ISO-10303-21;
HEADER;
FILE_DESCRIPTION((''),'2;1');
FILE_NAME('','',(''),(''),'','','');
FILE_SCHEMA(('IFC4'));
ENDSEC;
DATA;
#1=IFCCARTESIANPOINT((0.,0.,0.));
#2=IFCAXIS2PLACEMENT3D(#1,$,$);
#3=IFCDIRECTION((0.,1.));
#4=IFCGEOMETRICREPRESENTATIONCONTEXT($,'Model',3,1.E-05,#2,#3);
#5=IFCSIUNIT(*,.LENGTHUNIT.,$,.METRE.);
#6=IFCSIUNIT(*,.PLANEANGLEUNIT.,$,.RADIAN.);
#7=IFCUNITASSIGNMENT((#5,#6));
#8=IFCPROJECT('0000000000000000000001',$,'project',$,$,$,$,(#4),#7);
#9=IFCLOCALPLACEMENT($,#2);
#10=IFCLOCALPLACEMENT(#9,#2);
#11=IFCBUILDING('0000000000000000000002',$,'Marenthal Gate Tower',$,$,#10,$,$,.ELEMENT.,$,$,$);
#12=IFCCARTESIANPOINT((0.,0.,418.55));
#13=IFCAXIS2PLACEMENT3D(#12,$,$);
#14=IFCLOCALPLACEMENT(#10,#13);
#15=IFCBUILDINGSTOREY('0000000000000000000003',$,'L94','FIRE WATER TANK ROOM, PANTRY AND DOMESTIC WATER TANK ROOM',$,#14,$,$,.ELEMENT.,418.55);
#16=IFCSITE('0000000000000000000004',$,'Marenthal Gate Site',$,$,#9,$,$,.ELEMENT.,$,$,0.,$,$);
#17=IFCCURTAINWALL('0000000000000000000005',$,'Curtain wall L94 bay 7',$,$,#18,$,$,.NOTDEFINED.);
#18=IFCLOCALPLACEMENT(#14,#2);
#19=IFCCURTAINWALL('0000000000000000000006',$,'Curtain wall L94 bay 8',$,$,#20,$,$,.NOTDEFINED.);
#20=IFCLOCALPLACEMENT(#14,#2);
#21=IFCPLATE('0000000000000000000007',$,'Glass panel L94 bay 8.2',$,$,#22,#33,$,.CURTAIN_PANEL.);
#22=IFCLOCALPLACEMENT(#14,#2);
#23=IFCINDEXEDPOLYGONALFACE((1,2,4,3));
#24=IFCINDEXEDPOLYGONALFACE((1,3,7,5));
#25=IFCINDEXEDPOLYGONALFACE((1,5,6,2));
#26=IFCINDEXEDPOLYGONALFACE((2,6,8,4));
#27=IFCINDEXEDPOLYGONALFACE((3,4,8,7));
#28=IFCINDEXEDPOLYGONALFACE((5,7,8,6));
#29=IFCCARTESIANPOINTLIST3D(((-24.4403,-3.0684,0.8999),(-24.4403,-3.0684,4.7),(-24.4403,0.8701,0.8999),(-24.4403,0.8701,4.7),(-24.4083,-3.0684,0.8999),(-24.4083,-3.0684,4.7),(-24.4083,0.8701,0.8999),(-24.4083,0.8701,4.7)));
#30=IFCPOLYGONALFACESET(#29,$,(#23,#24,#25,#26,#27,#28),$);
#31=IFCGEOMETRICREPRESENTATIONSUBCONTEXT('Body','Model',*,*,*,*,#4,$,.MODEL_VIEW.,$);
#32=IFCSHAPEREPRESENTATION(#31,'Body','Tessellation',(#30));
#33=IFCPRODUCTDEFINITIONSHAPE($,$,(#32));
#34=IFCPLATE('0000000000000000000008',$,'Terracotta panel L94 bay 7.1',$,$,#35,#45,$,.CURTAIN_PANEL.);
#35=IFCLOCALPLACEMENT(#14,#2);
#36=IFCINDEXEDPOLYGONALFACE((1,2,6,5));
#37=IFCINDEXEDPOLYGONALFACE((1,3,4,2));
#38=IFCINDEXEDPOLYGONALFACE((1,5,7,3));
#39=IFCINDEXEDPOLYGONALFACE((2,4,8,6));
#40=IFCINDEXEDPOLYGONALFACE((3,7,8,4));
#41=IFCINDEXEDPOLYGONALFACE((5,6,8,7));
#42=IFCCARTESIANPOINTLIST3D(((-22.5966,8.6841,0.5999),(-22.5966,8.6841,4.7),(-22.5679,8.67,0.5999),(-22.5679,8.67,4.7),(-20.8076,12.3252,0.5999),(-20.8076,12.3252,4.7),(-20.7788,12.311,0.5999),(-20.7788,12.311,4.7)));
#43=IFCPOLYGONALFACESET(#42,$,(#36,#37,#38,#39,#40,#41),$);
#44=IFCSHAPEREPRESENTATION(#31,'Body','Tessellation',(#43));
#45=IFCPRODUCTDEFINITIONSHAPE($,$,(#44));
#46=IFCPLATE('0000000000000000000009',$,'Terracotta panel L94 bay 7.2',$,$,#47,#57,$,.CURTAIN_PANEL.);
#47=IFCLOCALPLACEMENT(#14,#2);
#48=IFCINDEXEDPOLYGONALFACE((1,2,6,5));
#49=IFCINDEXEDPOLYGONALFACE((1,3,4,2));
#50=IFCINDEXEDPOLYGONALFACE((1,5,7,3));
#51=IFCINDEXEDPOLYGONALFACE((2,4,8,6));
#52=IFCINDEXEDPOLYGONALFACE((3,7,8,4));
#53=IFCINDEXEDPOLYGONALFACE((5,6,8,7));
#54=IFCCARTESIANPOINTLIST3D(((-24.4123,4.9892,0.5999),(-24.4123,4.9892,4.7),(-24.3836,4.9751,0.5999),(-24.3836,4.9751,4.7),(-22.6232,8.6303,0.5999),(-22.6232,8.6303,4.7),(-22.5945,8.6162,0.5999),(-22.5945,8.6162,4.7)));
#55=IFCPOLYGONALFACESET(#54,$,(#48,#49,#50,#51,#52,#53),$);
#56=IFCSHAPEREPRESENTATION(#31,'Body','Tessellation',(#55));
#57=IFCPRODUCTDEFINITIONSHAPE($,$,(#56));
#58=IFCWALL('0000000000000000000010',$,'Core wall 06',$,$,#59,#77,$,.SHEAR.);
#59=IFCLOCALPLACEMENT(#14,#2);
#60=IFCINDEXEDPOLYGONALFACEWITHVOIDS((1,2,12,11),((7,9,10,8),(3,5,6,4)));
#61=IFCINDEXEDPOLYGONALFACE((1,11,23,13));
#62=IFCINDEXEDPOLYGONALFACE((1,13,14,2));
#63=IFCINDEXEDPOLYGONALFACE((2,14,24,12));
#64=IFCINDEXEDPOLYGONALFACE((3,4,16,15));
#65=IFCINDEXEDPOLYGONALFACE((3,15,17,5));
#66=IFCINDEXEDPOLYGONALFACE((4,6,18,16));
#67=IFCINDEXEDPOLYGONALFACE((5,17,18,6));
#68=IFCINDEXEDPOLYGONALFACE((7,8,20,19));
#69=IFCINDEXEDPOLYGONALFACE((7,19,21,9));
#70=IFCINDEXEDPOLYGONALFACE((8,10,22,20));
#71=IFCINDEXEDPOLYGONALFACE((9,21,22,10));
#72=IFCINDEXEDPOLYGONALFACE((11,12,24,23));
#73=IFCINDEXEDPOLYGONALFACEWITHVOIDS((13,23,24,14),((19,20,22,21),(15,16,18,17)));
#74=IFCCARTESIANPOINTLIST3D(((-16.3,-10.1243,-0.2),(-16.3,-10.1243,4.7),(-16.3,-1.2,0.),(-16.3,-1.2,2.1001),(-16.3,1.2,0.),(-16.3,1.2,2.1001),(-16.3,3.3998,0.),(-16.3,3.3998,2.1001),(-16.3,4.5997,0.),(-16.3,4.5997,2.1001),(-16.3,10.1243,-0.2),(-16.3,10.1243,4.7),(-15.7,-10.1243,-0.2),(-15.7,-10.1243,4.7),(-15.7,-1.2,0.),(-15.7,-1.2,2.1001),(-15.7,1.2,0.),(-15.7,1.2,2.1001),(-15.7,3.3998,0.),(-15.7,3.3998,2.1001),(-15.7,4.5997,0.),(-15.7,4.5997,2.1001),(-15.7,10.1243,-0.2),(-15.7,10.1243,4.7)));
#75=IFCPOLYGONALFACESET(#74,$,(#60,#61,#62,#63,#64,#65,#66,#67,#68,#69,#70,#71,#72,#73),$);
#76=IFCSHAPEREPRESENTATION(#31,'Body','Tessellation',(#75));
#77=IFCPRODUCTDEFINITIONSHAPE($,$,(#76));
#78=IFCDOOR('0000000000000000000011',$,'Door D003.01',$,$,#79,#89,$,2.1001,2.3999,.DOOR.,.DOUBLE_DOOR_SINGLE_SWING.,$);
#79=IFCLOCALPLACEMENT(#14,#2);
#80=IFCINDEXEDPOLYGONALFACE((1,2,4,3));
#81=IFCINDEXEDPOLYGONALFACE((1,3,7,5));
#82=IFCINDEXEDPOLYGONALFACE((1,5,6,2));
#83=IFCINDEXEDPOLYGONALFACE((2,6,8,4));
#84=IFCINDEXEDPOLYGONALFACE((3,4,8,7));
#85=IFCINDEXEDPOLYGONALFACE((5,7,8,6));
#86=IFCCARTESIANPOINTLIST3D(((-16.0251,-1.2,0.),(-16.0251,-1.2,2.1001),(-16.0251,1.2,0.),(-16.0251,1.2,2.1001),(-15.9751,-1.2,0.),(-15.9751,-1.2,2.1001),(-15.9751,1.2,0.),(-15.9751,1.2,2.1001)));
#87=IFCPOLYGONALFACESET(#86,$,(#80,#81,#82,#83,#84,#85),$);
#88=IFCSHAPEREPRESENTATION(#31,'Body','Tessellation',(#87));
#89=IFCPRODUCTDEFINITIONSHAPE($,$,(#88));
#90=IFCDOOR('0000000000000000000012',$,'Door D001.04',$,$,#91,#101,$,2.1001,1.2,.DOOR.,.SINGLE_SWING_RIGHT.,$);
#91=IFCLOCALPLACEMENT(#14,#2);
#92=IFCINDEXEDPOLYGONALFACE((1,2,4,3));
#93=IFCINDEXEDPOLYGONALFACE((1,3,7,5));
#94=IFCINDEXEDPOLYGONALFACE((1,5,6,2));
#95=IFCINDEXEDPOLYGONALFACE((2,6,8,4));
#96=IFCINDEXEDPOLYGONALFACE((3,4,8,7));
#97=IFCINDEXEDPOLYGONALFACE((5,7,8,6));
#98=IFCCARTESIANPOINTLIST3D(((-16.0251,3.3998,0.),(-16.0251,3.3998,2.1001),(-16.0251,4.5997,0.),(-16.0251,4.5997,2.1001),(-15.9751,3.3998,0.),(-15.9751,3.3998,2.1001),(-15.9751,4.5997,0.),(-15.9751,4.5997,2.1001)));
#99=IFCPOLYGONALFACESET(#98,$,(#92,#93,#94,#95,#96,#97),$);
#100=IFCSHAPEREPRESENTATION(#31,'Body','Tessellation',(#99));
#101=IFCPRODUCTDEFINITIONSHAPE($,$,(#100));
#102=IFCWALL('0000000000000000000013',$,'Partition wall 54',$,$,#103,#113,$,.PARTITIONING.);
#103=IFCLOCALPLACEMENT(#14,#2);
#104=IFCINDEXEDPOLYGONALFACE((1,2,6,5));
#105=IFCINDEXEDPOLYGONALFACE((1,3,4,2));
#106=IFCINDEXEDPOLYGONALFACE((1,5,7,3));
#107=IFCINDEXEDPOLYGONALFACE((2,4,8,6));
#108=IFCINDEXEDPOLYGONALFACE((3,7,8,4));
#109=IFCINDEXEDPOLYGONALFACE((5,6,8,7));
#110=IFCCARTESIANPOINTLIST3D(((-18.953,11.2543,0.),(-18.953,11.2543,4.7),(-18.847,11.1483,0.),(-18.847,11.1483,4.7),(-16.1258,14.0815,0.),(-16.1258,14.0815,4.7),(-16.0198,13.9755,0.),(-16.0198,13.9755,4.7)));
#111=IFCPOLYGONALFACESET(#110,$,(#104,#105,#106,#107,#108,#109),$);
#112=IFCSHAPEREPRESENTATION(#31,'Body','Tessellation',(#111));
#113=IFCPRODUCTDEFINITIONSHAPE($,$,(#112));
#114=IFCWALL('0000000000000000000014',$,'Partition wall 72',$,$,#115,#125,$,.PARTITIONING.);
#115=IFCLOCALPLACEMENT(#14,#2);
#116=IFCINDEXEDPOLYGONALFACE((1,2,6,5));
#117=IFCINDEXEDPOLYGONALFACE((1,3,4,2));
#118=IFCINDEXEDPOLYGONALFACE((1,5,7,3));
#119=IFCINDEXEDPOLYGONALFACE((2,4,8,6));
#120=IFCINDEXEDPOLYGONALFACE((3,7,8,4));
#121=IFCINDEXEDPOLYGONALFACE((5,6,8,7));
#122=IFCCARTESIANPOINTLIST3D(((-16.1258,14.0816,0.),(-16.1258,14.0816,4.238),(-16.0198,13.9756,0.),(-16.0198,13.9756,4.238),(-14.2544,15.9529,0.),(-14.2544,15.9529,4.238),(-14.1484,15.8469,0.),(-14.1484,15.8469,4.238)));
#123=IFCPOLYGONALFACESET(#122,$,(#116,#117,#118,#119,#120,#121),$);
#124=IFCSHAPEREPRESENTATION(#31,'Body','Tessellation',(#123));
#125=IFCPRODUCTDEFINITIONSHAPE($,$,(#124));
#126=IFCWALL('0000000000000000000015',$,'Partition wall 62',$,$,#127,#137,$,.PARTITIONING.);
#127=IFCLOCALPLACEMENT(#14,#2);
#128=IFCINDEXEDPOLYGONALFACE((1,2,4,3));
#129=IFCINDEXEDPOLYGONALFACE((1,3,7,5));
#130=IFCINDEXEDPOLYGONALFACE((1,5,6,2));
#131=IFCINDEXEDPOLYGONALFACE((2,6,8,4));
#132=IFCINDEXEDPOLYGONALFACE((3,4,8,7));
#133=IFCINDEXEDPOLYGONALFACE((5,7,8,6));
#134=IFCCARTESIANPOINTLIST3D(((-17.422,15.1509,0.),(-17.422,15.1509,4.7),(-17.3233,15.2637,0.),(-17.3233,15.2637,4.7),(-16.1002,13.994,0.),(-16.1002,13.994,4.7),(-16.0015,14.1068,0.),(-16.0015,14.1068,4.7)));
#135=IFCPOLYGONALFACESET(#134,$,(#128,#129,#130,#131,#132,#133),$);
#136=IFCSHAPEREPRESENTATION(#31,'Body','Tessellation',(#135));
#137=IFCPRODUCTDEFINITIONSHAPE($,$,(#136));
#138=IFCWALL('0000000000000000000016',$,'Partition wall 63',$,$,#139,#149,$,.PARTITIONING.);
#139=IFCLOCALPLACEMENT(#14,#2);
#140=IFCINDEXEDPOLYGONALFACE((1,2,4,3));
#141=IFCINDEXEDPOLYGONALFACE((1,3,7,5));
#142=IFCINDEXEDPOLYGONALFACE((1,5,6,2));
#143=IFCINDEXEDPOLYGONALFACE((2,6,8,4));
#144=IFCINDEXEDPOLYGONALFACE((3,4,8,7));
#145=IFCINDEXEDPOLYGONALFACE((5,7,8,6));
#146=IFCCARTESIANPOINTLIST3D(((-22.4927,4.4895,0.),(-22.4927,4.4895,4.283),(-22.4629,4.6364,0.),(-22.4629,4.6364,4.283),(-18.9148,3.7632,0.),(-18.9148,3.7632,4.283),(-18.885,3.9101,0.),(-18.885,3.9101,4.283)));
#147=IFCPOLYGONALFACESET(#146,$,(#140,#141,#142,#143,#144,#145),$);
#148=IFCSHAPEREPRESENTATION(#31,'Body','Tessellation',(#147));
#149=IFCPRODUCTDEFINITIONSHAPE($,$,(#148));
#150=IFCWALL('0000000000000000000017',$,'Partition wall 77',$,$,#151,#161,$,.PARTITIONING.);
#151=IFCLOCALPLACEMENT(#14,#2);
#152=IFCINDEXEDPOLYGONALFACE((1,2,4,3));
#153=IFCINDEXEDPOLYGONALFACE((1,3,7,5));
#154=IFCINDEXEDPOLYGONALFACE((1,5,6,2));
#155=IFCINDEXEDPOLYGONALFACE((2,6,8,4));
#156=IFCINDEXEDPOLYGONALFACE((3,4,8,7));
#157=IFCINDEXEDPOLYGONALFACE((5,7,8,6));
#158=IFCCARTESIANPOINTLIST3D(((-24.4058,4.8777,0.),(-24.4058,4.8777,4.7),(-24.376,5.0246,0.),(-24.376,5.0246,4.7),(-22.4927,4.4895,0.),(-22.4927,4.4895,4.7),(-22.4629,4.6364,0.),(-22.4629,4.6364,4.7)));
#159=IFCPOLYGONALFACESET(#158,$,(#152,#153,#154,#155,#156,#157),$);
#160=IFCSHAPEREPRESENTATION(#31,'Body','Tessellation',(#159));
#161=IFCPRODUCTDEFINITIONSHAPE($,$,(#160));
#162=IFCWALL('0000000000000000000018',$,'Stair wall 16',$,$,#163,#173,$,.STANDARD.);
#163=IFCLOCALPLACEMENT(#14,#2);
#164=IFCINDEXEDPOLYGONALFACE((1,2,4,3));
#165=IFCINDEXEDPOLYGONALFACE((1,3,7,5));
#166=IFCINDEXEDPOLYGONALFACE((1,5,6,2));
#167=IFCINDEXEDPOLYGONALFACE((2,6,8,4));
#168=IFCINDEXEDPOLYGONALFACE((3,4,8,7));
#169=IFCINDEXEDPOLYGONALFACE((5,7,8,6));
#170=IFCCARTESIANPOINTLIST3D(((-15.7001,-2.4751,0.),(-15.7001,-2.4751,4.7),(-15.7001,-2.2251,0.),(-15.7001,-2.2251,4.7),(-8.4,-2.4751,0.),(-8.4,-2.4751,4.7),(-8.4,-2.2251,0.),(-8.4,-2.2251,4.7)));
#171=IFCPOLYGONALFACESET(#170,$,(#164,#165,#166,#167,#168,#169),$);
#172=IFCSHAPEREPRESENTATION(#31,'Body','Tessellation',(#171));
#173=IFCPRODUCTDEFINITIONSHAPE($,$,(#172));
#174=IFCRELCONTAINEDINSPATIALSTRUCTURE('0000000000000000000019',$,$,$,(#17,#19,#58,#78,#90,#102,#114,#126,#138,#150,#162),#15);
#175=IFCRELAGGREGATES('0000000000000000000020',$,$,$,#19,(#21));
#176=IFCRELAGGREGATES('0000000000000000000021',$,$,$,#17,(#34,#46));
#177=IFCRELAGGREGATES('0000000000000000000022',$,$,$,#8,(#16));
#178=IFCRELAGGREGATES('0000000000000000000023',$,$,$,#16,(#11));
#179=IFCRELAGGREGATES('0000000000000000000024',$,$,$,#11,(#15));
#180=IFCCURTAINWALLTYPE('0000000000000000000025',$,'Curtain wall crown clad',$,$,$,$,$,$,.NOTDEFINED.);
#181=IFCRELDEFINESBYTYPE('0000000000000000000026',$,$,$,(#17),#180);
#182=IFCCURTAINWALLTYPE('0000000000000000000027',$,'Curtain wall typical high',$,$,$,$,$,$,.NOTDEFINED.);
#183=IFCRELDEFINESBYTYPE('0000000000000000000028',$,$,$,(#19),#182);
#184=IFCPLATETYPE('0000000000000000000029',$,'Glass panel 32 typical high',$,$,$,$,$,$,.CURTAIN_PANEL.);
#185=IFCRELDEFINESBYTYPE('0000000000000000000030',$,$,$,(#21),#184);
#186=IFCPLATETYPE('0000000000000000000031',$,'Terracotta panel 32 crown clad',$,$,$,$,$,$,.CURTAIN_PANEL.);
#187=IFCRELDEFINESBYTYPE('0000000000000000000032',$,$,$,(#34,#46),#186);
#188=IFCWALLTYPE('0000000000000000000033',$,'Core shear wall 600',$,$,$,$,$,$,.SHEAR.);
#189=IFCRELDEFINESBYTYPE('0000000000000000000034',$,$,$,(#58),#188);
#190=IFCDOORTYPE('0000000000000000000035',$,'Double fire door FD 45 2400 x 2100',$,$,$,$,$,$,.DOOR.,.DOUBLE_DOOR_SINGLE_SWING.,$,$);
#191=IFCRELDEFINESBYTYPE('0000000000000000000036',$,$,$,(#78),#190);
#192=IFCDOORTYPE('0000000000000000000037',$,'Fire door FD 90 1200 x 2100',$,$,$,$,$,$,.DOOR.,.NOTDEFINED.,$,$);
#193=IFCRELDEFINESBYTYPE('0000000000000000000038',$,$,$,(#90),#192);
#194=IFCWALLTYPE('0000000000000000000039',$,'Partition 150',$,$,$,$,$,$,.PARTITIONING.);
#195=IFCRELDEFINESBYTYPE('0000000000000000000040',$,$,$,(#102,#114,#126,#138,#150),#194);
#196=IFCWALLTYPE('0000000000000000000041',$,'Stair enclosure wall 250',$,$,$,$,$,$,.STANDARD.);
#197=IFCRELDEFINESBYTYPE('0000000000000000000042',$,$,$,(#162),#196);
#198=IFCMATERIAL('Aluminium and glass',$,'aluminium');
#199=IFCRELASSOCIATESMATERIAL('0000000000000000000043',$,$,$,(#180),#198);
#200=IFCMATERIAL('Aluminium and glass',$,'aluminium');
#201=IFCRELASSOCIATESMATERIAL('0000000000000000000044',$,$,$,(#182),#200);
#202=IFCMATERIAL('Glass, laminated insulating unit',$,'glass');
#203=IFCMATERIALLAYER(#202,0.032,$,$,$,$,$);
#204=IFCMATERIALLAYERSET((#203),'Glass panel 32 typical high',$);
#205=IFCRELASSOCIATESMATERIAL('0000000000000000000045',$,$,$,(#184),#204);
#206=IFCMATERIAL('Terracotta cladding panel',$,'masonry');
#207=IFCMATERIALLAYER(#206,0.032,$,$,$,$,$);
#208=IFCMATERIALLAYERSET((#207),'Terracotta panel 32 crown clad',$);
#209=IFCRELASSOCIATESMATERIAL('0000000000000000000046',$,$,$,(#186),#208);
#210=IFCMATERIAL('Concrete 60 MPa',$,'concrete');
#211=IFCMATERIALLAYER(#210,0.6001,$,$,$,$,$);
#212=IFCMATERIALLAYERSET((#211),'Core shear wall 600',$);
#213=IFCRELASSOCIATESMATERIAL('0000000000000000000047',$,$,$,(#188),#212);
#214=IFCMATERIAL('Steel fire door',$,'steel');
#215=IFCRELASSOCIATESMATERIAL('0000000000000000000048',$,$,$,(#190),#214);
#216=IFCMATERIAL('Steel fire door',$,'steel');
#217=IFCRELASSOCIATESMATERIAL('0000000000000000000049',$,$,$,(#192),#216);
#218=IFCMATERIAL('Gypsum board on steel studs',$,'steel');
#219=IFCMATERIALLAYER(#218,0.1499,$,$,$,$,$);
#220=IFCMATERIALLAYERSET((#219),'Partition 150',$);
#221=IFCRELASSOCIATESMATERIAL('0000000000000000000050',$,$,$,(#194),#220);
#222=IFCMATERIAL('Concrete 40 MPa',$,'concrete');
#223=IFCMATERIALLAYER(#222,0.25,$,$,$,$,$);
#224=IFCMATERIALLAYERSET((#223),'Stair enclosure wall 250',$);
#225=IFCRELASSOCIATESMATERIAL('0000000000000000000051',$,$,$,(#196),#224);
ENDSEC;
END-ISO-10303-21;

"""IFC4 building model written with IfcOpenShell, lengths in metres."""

from ifc_helpers import new_model, si_unit, direction, frame, frame_2d, origin, origin_2d, place, context, subcontext, project, spatial, rectangle, extrude, material, layer, layer_set, type_object, element, fill, aggregate, save


model = new_model("IFC4")

# Units and contexts
model_context = context("Model", 3, precision=1e-05, world=origin(), true_north=direction((0.0, 1.0)))
body_context = subcontext(model_context, "Body", "Model", "MODEL_VIEW")
ifc_project = project(units=[si_unit("LENGTHUNIT", "METRE"), si_unit("PLANEANGLEUNIT", "RADIAN")], contexts=[model_context])

# Site, building, storey
site_placement = place(None, origin())
site = spatial("IfcSite", under=ifc_project, at=site_placement, Name="Marenthal Gate Site", CompositionType="ELEMENT", RefElevation=0.0)
building_placement = place(site_placement, origin())
building = spatial("IfcBuilding", under=site, at=building_placement, Name="Marenthal Gate Tower", CompositionType="ELEMENT")
storey_placement = place(building_placement, frame((0.0, 0.0, 418.55)))
storey = spatial("IfcBuildingStorey", under=building, at=storey_placement, Name="L94", Description="FIRE WATER TANK ROOM, PANTRY AND DOMESTIC WATER TANK ROOM", CompositionType="ELEMENT", Elevation=418.55)

# Curtain walls
ifc_material_1 = material(Name="Aluminium and glass", Category="aluminium")
curtain_wall_type_1 = type_object("IfcCurtainWallType", Name="Curtain wall crown clad", PredefinedType="NOTDEFINED", material=ifc_material_1)
curtain_wall_1_placement = place(storey_placement, origin())
curtain_wall_1 = element("IfcCurtainWall", 1, at=curtain_wall_1_placement, inside=storey, type_object=curtain_wall_type_1, Name="Curtain wall L94 bay 7", PredefinedType="NOTDEFINED")
ifc_material_2 = material(Name="Aluminium and glass", Category="aluminium")
curtain_wall_type_2 = type_object("IfcCurtainWallType", Name="Curtain wall typical high", PredefinedType="NOTDEFINED", material=ifc_material_2)
curtain_wall_2_placement = place(storey_placement, origin())
curtain_wall_2 = element("IfcCurtainWall", 2, at=curtain_wall_2_placement, inside=storey, type_object=curtain_wall_type_2, Name="Curtain wall L94 bay 8", PredefinedType="NOTDEFINED")

# Plates
ifc_material_3 = material(Name="Glass, laminated insulating unit", Category="glass")
ifc_layer_1 = layer(ifc_material_3, 0.032)
ifc_layer_set_1 = layer_set([ifc_layer_1], Name="Glass panel 32 typical high")
plate_type_1 = type_object("IfcPlateType", Name="Glass panel 32 typical high", PredefinedType="CURTAIN_PANEL", material=ifc_layer_set_1)
plate_1_placement = place(storey_placement, frame((-24.4243, -1.0991, 0.8999), z_axis=(0.0, 0.0, 1.0), x_axis=(0.0, -1.0, 0.0)))
plate_1 = element("IfcPlate", 3, at=plate_1_placement, type_object=plate_type_1, Name="Glass panel L94 bay 8.2", PredefinedType="CURTAIN_PANEL", context=body_context, shape_type="SweptSolid", body=[
    extrude(rectangle(XDim=3.9385, YDim=0.032, at=origin_2d()), origin(), (0.0, 0.0, 1.0), 3.8),
])
aggregate(curtain_wall_2, [plate_1])
ifc_material_4 = material(Name="Terracotta cladding panel", Category="masonry")
ifc_layer_2 = layer(ifc_material_4, 0.032)
ifc_layer_set_2 = layer_set([ifc_layer_2], Name="Terracotta panel 32 crown clad")
plate_type_2 = type_object("IfcPlateType", Name="Terracotta panel 32 crown clad", PredefinedType="CURTAIN_PANEL", material=ifc_layer_set_2)
plate_2_placement = place(storey_placement, frame((-21.6877, 10.4976, 0.5999), z_axis=(0.0, 0.0, 1.0), x_axis=(-0.441001, -0.897507, 0.0)))
plate_2 = element("IfcPlate", 4, at=plate_2_placement, type_object=plate_type_2, Name="Terracotta panel L94 bay 7.1", PredefinedType="CURTAIN_PANEL", context=body_context, shape_type="SweptSolid", body=[
    extrude(rectangle(XDim=4.0569, YDim=0.032, at=origin_2d()), origin(), (0.0, 0.0, 1.0), 4.1001),
])
plate_3_placement = place(storey_placement, frame((-23.5034, 6.8027, 0.5999), z_axis=(0.0, 0.0, 1.0), x_axis=(-0.441001, -0.897507, 0.0)))
plate_3 = element("IfcPlate", 5, at=plate_3_placement, type_object=plate_type_2, Name="Terracotta panel L94 bay 7.2", PredefinedType="CURTAIN_PANEL", context=body_context, shape_type="SweptSolid", body=[
    extrude(rectangle(XDim=4.0569, YDim=0.032, at=origin_2d()), origin(), (0.0, 0.0, 1.0), 4.1001),
])
aggregate(curtain_wall_1, [plate_2, plate_3])

# Wall, openings, doors
ifc_material_5 = material(Name="Concrete 60 MPa", Category="concrete")
ifc_layer_3 = layer(ifc_material_5, 0.6001)
ifc_layer_set_3 = layer_set([ifc_layer_3], Name="Core shear wall 600")
wall_type_1 = type_object("IfcWallType", Name="Core shear wall 600", PredefinedType="SHEAR", material=ifc_layer_set_3)
wall_1_placement = place(storey_placement, frame((-16.0, 10.1243, -0.2), z_axis=(0.0, 0.0, 1.0), x_axis=(0.0, -1.0, 0.0)))
wall_1 = element("IfcWall", 6, at=wall_1_placement, inside=storey, type_object=wall_type_1, Name="Core wall 06", PredefinedType="SHEAR", context=body_context, shape_type="SweptSolid", body=[
    extrude(rectangle(XDim=20.2485, YDim=0.6001, at=frame_2d((10.1243, 0.0))), origin(), (0.0, 0.0, 1.0), 4.8999),
])
opening_1_placement = place(wall_1_placement, frame((8.9243, 0.0, 0.2)))
opening_1 = element("IfcOpeningElement", 7, at=opening_1_placement, cuts=wall_1, PredefinedType="OPENING", context=body_context, shape_type="SweptSolid", body=[
    extrude(rectangle(XDim=2.3999, YDim=2.1001, at=frame_2d((1.2, 1.05))), frame((0.0, 0.3101, 0.0), z_axis=(0.0, -1.0, 0.0), x_axis=(1.0, 0.0, 0.0)), (0.0, 0.0, 1.0), 0.6201),
])
opening_2_placement = place(wall_1_placement, frame((5.5244, 0.0, 0.2)))
opening_2 = element("IfcOpeningElement", 8, at=opening_2_placement, cuts=wall_1, PredefinedType="OPENING", context=body_context, shape_type="SweptSolid", body=[
    extrude(rectangle(XDim=1.2, YDim=2.1001, at=frame_2d((0.6001, 1.05))), frame((0.0, 0.3101, 0.0), z_axis=(0.0, -1.0, 0.0), x_axis=(1.0, 0.0, 0.0)), (0.0, 0.0, 1.0), 0.6201),
])
ifc_material_6 = material(Name="Steel fire door", Category="steel")
door_type_1 = type_object("IfcDoorType", Name="Double fire door FD 45 2400 x 2100", OperationType="DOUBLE_DOOR_SINGLE_SWING", PredefinedType="DOOR", material=ifc_material_6)
door_1_placement = place(opening_1_placement, origin())
door_1 = element("IfcDoor", 9, at=door_1_placement, inside=storey, type_object=door_type_1, Name="Door D003.01", OperationType="DOUBLE_DOOR_SINGLE_SWING", OverallHeight=2.1001, OverallWidth=2.3999, PredefinedType="DOOR", context=body_context, shape_type="SweptSolid", body=[
    extrude(rectangle(XDim=2.3999, YDim=2.1001, at=frame_2d((1.2, 1.05))), frame((0.0, 0.0249, 0.0), z_axis=(0.0, -1.0, 0.0), x_axis=(1.0, 0.0, 0.0)), (0.0, 0.0, 1.0), 0.05),
])
fill(opening_1, door_1)
ifc_material_7 = material(Name="Steel fire door", Category="steel")
door_type_2 = type_object("IfcDoorType", Name="Fire door FD 90 1200 x 2100", OperationType="NOTDEFINED", PredefinedType="DOOR", material=ifc_material_7)
door_2_placement = place(opening_2_placement, origin())
door_2 = element("IfcDoor", 10, at=door_2_placement, inside=storey, type_object=door_type_2, Name="Door D001.04", OperationType="SINGLE_SWING_RIGHT", OverallHeight=2.1001, OverallWidth=1.2, PredefinedType="DOOR", context=body_context, shape_type="SweptSolid", body=[
    extrude(rectangle(XDim=1.2, YDim=2.1001, at=frame_2d((0.6001, 1.05))), frame((0.0, 0.0249, 0.0), z_axis=(0.0, -1.0, 0.0), x_axis=(1.0, 0.0, 0.0)), (0.0, 0.0, 1.0), 0.05),
])
fill(opening_2, door_2)

# Walls
ifc_material_8 = material(Name="Gypsum board on steel studs", Category="steel")
ifc_layer_4 = layer(ifc_material_8, 0.1499)
ifc_layer_set_4 = layer_set([ifc_layer_4], Name="Partition 150")
wall_type_2 = type_object("IfcWallType", Name="Partition 150", PredefinedType="PARTITIONING", material=ifc_layer_set_4)
wall_2_placement = place(storey_placement, frame((-18.8999, 11.2014, 0.0), z_axis=(0.0, 0.0, 1.0), x_axis=(0.707107, 0.707107, 0.0)))
element("IfcWall", 11, at=wall_2_placement, inside=storey, type_object=wall_type_2, Name="Partition wall 54", PredefinedType="PARTITIONING", context=body_context, shape_type="SweptSolid", body=[
    extrude(rectangle(XDim=3.9983, YDim=0.1499, at=frame_2d((1.999, 0.0))), origin(), (0.0, 0.0, 1.0), 4.7),
])
wall_3_placement = place(storey_placement, frame((-16.0728, 14.0286, 0.0), z_axis=(0.0, 0.0, 1.0), x_axis=(0.707107, 0.707107, 0.0)))
element("IfcWall", 12, at=wall_3_placement, inside=storey, type_object=wall_type_2, Name="Partition wall 72", PredefinedType="PARTITIONING", context=body_context, shape_type="SweptSolid", body=[
    extrude(rectangle(XDim=2.6465, YDim=0.1499, at=frame_2d((1.3232, 0.0))), origin(), (0.0, 0.0, 1.0), 4.238),
])
wall_4_placement = place(storey_placement, frame((-16.0508, 14.0503, 0.0), z_axis=(0.0, 0.0, 1.0), x_axis=(-0.752456, 0.658642, 0.0)))
element("IfcWall", 13, at=wall_4_placement, inside=storey, type_object=wall_type_2, Name="Partition wall 62", PredefinedType="PARTITIONING", context=body_context, shape_type="SweptSolid", body=[
    extrude(rectangle(XDim=1.7566, YDim=0.1499, at=frame_2d((0.8784, 0.0))), origin(), (0.0, 0.0, 1.0), 4.7),
])
wall_5_placement = place(storey_placement, frame((-18.8999, 3.8367, 0.0), z_axis=(0.0, 0.0, 1.0), x_axis=(-0.980011, 0.198945, 0.0)))
element("IfcWall", 14, at=wall_5_placement, inside=storey, type_object=wall_type_2, Name="Partition wall 63", PredefinedType="PARTITIONING", context=body_context, shape_type="SweptSolid", body=[
    extrude(rectangle(XDim=3.6509, YDim=0.1499, at=frame_2d((1.8254, 0.0))), origin(), (0.0, 0.0, 1.0), 4.283),
])
wall_6_placement = place(storey_placement, frame((-22.4778, 4.563, 0.0), z_axis=(0.0, 0.0, 1.0), x_axis=(-0.980028, 0.198857, 0.0)))
element("IfcWall", 15, at=wall_6_placement, inside=storey, type_object=wall_type_2, Name="Partition wall 77", PredefinedType="PARTITIONING", context=body_context, shape_type="SweptSolid", body=[
    extrude(rectangle(XDim=1.9521, YDim=0.1499, at=frame_2d((0.9761, 0.0))), origin(), (0.0, 0.0, 1.0), 4.7),
])
ifc_material_9 = material(Name="Concrete 40 MPa", Category="concrete")
ifc_layer_5 = layer(ifc_material_9, 0.25)
ifc_layer_set_5 = layer_set([ifc_layer_5], Name="Stair enclosure wall 250")
wall_type_3 = type_object("IfcWallType", Name="Stair enclosure wall 250", PredefinedType="STANDARD", material=ifc_layer_set_5)
for number, where, z_axis, x_axis, name in (
    (16, (-15.7, -2.3501, 0.0), (0.0, 0.0, 1.0), (1.0, 0.0, 0.0), "Stair wall 16"),
):
    element("IfcWall", number, at=place(storey_placement, frame(where, z_axis=z_axis, x_axis=x_axis)), inside=storey, type_object=wall_type_3, Name=name, PredefinedType="STANDARD", context=body_context, shape_type="SweptSolid", body=[
        extrude(rectangle(XDim=7.3, YDim=0.25, at=frame_2d((3.6499, 0.0))), origin(), (0.0, 0.0, 1.0), 4.7),
    ])

save(model, "model.ifc")
